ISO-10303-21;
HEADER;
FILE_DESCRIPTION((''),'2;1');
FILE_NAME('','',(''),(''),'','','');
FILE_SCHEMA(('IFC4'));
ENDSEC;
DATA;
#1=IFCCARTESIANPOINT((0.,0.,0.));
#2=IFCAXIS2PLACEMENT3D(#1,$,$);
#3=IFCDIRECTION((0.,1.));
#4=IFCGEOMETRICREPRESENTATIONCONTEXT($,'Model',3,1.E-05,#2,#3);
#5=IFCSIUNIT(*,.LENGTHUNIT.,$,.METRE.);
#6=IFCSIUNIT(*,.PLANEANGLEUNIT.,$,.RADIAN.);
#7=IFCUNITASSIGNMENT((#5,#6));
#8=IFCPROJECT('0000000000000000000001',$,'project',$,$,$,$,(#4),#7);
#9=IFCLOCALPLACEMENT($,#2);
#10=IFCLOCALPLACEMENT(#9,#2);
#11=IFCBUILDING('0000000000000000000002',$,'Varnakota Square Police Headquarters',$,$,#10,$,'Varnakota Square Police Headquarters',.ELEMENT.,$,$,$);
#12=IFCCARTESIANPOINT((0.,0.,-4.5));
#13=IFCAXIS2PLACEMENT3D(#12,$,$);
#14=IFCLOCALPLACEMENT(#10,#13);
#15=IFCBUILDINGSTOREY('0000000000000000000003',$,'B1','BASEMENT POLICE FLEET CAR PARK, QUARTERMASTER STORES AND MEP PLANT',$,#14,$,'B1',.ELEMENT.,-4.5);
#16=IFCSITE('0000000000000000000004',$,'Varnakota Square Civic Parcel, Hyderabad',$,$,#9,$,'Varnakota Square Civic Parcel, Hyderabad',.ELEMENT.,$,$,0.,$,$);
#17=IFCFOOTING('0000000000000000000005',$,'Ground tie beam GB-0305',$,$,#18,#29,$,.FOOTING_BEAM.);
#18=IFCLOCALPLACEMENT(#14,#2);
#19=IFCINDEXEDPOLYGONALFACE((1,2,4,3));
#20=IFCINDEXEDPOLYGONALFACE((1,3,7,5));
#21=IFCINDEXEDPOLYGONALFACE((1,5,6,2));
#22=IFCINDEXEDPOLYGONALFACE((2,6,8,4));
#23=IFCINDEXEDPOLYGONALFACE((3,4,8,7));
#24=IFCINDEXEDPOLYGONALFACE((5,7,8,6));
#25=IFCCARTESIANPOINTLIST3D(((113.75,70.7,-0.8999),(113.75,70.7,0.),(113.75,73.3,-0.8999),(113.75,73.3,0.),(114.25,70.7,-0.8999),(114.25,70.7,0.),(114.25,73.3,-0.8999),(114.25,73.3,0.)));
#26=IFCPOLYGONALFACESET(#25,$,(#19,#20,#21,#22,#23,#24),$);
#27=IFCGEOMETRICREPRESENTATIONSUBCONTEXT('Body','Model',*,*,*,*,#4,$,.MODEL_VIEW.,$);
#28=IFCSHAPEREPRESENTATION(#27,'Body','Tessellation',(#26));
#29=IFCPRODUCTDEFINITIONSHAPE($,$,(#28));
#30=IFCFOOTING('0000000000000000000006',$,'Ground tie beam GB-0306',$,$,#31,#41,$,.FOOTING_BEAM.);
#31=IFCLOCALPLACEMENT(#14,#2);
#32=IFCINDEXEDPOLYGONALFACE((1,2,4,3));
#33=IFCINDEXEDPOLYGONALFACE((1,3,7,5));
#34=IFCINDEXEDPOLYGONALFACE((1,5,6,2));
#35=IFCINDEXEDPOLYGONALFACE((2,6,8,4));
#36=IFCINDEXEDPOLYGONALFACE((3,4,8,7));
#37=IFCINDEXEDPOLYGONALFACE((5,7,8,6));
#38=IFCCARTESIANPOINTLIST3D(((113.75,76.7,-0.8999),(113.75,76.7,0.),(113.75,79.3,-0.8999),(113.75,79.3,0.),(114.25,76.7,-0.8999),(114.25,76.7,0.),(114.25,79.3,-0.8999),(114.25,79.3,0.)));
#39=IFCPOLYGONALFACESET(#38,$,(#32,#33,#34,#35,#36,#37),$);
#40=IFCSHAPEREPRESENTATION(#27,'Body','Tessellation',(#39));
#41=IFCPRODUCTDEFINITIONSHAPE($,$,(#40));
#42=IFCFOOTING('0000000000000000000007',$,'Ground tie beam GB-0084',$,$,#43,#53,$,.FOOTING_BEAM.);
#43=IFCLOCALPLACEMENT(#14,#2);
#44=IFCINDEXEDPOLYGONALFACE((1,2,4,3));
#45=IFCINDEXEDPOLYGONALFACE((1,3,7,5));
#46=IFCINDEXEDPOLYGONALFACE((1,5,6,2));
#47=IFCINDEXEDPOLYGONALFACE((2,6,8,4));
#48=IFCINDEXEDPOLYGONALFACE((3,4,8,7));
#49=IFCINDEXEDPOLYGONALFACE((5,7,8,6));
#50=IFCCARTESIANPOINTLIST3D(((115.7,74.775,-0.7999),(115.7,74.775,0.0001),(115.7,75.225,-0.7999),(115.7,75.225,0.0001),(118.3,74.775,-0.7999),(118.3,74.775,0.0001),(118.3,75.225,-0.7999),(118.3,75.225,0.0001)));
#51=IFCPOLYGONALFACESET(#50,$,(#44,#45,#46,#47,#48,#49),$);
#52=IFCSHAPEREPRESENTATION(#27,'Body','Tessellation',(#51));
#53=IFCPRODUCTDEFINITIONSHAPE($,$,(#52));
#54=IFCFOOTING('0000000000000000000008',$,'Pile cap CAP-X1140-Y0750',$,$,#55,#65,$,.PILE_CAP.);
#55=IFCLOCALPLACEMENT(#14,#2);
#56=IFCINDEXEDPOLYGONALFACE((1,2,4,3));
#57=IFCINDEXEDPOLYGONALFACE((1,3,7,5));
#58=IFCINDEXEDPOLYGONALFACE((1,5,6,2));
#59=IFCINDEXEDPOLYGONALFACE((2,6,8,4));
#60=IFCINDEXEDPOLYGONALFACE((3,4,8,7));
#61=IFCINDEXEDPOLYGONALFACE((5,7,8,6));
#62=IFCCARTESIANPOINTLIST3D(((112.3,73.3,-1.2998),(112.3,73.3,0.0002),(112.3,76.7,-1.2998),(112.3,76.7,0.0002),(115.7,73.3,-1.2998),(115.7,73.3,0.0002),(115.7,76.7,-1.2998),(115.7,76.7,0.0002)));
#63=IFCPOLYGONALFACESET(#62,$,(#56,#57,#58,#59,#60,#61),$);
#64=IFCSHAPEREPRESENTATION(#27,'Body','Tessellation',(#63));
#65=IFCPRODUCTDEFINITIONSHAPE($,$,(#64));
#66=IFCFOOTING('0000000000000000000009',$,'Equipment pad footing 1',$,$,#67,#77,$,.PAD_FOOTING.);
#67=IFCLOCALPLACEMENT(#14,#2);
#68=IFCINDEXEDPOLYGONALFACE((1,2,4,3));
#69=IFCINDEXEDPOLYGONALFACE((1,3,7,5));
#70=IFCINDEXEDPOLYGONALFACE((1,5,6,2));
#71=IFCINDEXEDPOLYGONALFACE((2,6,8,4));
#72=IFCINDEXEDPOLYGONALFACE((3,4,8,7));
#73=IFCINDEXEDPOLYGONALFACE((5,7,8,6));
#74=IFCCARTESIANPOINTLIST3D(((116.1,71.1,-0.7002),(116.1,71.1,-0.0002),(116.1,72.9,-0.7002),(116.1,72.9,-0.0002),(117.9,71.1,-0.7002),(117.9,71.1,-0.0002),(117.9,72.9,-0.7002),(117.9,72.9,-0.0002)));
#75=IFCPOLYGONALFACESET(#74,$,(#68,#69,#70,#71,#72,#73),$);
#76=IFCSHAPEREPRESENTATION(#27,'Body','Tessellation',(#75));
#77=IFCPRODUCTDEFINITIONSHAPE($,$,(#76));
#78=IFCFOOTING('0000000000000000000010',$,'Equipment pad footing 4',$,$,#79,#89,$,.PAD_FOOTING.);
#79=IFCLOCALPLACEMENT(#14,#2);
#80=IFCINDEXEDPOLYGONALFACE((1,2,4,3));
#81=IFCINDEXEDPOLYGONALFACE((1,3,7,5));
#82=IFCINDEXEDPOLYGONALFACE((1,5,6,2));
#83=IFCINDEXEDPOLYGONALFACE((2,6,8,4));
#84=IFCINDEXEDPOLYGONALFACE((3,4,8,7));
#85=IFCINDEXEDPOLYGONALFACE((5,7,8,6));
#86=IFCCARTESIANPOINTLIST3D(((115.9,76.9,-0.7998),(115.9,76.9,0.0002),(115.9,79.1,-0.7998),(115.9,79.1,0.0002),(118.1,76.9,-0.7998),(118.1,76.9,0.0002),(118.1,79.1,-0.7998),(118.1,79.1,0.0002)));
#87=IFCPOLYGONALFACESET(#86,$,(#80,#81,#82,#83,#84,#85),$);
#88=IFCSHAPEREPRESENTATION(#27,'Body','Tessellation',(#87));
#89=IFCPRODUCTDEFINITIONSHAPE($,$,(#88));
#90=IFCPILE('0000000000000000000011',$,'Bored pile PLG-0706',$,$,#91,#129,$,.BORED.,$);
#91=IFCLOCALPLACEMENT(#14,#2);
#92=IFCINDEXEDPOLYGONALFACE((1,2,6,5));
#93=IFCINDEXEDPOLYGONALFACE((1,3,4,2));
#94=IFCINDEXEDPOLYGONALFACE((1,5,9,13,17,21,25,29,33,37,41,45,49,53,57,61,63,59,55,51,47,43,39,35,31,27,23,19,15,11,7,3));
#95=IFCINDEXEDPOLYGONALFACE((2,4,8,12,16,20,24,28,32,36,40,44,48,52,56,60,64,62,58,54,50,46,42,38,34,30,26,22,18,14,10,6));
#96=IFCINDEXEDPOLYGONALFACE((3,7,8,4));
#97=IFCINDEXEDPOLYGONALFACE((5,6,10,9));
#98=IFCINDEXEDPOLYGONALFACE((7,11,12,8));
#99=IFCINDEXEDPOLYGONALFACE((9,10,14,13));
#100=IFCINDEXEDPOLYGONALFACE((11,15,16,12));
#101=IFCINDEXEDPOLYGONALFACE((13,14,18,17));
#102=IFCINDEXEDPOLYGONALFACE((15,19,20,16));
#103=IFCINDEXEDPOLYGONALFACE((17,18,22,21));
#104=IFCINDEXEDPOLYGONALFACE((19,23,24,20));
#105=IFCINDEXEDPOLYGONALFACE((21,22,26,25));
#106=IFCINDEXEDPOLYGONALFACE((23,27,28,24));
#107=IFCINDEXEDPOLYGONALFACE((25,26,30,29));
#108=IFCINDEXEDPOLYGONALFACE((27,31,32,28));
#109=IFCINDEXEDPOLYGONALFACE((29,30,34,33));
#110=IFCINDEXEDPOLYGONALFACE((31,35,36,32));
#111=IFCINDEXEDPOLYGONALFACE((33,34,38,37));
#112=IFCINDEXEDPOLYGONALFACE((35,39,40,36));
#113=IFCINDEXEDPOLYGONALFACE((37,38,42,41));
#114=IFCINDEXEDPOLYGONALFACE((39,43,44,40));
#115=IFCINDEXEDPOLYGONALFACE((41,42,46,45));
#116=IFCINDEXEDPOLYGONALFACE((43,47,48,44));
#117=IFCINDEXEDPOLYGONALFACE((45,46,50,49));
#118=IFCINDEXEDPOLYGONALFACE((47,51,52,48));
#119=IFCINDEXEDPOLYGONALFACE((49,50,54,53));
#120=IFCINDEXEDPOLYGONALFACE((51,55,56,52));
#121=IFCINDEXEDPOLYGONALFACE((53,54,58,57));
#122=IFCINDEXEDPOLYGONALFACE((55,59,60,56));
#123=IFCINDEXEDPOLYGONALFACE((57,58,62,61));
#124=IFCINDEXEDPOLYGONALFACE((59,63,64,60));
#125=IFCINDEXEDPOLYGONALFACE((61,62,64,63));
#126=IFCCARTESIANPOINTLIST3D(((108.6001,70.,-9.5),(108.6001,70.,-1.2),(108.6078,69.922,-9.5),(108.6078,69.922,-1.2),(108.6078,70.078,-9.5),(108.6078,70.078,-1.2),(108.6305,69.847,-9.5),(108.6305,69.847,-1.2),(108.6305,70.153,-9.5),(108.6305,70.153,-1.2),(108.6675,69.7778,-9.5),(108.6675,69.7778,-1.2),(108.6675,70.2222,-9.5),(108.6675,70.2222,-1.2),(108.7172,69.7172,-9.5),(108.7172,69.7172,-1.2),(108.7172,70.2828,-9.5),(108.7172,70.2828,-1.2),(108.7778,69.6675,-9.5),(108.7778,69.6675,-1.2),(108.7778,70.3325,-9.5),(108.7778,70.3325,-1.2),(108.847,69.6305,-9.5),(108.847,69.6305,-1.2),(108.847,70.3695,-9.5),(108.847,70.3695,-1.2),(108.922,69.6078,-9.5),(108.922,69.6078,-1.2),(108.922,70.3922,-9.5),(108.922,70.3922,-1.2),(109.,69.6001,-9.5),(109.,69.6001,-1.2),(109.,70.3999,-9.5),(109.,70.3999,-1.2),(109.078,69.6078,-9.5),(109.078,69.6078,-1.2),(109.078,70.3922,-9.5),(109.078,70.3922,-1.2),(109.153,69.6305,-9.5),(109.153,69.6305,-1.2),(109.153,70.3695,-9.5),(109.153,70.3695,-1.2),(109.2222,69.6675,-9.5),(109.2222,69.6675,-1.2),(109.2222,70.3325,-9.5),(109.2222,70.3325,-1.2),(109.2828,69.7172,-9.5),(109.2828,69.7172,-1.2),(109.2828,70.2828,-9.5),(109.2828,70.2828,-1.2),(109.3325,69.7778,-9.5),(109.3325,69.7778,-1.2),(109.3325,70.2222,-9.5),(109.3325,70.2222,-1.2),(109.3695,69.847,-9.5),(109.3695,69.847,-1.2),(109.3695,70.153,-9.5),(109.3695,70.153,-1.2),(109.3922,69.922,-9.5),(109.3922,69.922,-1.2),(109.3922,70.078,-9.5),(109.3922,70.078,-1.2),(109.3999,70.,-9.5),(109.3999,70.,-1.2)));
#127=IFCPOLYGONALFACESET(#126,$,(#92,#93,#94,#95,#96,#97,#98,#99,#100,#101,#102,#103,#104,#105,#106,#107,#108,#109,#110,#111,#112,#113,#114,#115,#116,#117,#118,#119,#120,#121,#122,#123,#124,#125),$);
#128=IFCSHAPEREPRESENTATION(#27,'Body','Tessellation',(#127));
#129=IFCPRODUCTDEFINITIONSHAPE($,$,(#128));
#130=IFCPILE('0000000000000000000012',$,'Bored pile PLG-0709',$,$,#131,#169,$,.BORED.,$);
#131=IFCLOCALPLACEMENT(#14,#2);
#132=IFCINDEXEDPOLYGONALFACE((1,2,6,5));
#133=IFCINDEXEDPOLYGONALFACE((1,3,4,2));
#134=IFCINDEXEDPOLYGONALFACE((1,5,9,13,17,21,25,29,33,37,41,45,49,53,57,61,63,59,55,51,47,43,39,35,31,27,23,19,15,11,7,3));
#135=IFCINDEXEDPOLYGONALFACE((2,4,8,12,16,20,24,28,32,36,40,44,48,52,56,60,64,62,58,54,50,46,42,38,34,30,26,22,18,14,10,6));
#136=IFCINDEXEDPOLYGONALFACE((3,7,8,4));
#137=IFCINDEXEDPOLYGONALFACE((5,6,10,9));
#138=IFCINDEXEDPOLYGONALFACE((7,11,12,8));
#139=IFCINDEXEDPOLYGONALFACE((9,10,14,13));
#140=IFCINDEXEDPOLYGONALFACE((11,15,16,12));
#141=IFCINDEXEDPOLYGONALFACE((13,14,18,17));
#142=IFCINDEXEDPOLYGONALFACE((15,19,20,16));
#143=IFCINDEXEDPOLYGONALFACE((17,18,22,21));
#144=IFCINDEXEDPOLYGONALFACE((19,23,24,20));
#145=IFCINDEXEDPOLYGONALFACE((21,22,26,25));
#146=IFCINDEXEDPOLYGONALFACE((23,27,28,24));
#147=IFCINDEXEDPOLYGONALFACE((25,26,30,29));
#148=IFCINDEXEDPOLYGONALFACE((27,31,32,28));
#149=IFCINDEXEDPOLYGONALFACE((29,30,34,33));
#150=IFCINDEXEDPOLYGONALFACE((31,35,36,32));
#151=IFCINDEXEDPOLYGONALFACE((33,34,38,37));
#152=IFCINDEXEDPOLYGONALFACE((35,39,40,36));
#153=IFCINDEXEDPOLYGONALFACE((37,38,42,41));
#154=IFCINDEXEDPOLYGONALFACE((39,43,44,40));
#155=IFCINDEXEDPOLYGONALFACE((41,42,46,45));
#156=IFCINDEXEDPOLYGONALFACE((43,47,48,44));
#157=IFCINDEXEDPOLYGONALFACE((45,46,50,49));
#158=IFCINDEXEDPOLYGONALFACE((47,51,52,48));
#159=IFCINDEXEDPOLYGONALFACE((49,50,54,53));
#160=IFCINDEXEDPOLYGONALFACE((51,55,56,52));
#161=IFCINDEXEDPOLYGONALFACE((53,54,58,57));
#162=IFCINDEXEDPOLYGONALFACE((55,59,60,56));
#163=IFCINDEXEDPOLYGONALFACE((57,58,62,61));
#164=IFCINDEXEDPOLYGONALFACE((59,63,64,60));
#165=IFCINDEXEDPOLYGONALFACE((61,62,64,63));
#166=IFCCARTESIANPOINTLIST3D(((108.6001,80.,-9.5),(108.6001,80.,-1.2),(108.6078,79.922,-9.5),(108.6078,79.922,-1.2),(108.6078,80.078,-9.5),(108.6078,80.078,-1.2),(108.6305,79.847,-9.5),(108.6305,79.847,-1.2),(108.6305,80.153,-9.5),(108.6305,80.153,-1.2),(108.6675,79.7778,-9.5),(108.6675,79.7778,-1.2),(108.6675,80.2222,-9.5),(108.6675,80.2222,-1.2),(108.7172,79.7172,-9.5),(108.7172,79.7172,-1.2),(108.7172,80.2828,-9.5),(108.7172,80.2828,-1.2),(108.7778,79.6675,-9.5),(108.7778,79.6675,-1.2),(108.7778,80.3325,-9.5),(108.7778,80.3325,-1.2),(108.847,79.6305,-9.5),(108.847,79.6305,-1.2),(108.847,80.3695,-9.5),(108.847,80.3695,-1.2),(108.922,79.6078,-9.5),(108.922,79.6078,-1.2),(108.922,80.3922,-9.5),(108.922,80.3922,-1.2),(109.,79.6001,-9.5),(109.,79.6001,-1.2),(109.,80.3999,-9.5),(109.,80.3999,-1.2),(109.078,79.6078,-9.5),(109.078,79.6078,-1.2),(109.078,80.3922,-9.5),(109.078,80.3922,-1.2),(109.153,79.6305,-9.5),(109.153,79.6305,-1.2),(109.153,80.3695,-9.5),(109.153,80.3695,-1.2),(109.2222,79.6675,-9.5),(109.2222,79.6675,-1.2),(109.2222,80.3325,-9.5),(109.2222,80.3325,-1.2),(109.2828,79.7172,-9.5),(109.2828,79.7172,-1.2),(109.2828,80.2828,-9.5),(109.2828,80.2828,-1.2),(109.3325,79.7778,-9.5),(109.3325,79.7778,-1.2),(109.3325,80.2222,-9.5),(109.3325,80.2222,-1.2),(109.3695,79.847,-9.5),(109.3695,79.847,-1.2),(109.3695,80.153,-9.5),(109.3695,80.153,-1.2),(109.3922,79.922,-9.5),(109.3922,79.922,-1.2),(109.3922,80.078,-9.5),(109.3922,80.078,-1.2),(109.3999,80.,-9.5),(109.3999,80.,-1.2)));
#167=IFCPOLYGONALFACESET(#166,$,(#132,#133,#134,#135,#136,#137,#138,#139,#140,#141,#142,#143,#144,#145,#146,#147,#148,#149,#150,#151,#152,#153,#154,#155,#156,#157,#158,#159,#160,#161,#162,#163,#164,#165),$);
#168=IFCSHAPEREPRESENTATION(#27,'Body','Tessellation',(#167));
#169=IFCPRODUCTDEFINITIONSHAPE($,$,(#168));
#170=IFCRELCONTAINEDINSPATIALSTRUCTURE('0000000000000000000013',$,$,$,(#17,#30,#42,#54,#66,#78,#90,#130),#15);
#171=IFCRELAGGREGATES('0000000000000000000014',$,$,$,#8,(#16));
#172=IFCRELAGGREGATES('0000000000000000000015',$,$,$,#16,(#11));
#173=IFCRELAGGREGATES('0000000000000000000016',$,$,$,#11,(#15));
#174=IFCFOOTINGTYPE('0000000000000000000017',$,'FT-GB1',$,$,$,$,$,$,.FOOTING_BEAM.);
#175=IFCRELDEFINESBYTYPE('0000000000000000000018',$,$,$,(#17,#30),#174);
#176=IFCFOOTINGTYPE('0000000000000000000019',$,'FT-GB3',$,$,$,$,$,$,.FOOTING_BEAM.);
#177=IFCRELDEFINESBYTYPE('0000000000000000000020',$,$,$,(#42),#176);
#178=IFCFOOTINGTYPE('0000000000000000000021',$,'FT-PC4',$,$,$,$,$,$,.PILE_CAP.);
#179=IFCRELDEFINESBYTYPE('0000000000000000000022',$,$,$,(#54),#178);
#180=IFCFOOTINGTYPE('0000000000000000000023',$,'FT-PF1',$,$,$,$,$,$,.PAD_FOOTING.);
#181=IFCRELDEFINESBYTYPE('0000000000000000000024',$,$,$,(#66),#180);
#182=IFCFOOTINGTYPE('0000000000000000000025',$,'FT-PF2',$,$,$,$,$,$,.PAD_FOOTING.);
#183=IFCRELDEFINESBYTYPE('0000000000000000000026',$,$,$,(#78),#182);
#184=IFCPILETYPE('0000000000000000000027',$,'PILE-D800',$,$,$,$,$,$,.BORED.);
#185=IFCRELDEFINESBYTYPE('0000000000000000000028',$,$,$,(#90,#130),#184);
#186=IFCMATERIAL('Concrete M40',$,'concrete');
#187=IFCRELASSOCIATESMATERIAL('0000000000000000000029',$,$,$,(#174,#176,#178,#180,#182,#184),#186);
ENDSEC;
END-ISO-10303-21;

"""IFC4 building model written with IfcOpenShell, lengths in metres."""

from ifc_helpers import new_model, si_unit, direction, frame, origin, origin_2d, place, context, subcontext, project, spatial, rectangle, circle, extrude, material, material_profile, profile_set, type_object, element, save


model = new_model("IFC4")

# Units and contexts
model_context = context("Model", 3, precision=1e-05, world=origin(), true_north=direction((0.0, 1.0)))
body_context = subcontext(model_context, "Body", "Model", "MODEL_VIEW")
ifc_project = project(units=[si_unit("LENGTHUNIT", "METRE"), si_unit("PLANEANGLEUNIT", "RADIAN")], contexts=[model_context])

# Site, building, storey
site_placement = place(None, origin())
site = spatial("IfcSite", under=ifc_project, at=site_placement, Name="Varnakota Square Civic Parcel, Hyderabad", LongName="Varnakota Square Civic Parcel, Hyderabad", CompositionType="ELEMENT", RefElevation=0.0)
building_placement = place(site_placement, origin())
building = spatial("IfcBuilding", under=site, at=building_placement, Name="Varnakota Square Police Headquarters", LongName="Varnakota Square Police Headquarters", CompositionType="ELEMENT")
storey_placement = place(building_placement, frame((0.0, 0.0, -4.5)))
storey = spatial("IfcBuildingStorey", under=building, at=storey_placement, Name="B1", Description="BASEMENT POLICE FLEET CAR PARK, QUARTERMASTER STORES AND MEP PLANT", LongName="B1", CompositionType="ELEMENT", Elevation=-4.5)

# Footings
ifc_material_1 = material(Name="Concrete M40", Category="concrete")
ifc_material_profile_1 = material_profile(ifc_material_1, rectangle(XDim=0.5, YDim=0.8999, at=origin_2d()), Name="GB 500x900")
ifc_profile_set_1 = profile_set([ifc_material_profile_1], Name="Concrete M40")
footing_type_1 = type_object("IfcFootingType", Name="FT-GB1", PredefinedType="FOOTING_BEAM", material=ifc_profile_set_1)
for number, where, z_axis, x_axis, name in (
    (1, (114.0, 70.7, -0.45), (0.0, 1.0, 0.0), (-1.0, 0.0, 0.0), "Ground tie beam GB-0305"),
    (2, (114.0, 76.7, -0.45), (0.0, 1.0, 0.0), (-1.0, 0.0, 0.0), "Ground tie beam GB-0306"),
):
    element("IfcFooting", number, at=place(storey_placement, frame(where, z_axis=z_axis, x_axis=x_axis)), inside=storey, type_object=footing_type_1, Name=name, PredefinedType="FOOTING_BEAM", context=body_context, shape_type="SweptSolid", body=[
        extrude(rectangle(XDim=0.5, YDim=0.8999, at=origin_2d()), origin(), (0.0, 0.0, 1.0), 2.6001),
    ])
ifc_material_profile_2 = material_profile(ifc_material_1, rectangle(XDim=0.45, YDim=0.8, at=origin_2d()), Name="GB 450x800")
ifc_profile_set_2 = profile_set([ifc_material_profile_2], Name="Concrete M40")
footing_type_2 = type_object("IfcFootingType", Name="FT-GB3", PredefinedType="FOOTING_BEAM", material=ifc_profile_set_2)
footing_1_placement = place(storey_placement, frame((115.7, 75.0, -0.3999), z_axis=(1.0, 0.0, 0.0), x_axis=(0.0, 1.0, 0.0)))
element("IfcFooting", 3, at=footing_1_placement, inside=storey, type_object=footing_type_2, Name="Ground tie beam GB-0084", PredefinedType="FOOTING_BEAM", context=body_context, shape_type="SweptSolid", body=[
    extrude(rectangle(XDim=0.45, YDim=0.8, at=origin_2d()), origin(), (0.0, 0.0, 1.0), 2.6001),
])
footing_type_3 = type_object("IfcFootingType", Name="FT-PC4", PredefinedType="PILE_CAP", material=ifc_material_1)
footing_2_placement = place(storey_placement, frame((114.0, 75.0, -1.2998), z_axis=(0.0, 0.0, 1.0), x_axis=(1.0, 0.0, 0.0)))
element("IfcFooting", 4, at=footing_2_placement, inside=storey, type_object=footing_type_3, Name="Pile cap CAP-X1140-Y0750", PredefinedType="PILE_CAP", context=body_context, shape_type="SweptSolid", body=[
    extrude(rectangle(XDim=3.3999, YDim=3.3999, at=origin_2d()), origin(), (0.0, 0.0, 1.0), 1.3),
])
footing_type_4 = type_object("IfcFootingType", Name="FT-PF1", PredefinedType="PAD_FOOTING", material=ifc_material_1)
footing_3_placement = place(storey_placement, frame((117.0, 72.0, -0.7002), z_axis=(0.0, 0.0, 1.0), x_axis=(1.0, 0.0, 0.0)))
element("IfcFooting", 5, at=footing_3_placement, inside=storey, type_object=footing_type_4, Name="Equipment pad footing 1", PredefinedType="PAD_FOOTING", context=body_context, shape_type="SweptSolid", body=[
    extrude(rectangle(XDim=1.8, YDim=1.8, at=origin_2d()), origin(), (0.0, 0.0, 1.0), 0.7),
])
footing_type_5 = type_object("IfcFootingType", Name="FT-PF2", PredefinedType="PAD_FOOTING", material=ifc_material_1)
footing_4_placement = place(storey_placement, frame((117.0, 78.0, -0.7998), z_axis=(0.0, 0.0, 1.0), x_axis=(1.0, 0.0, 0.0)))
element("IfcFooting", 6, at=footing_4_placement, inside=storey, type_object=footing_type_5, Name="Equipment pad footing 4", PredefinedType="PAD_FOOTING", context=body_context, shape_type="SweptSolid", body=[
    extrude(rectangle(XDim=2.2, YDim=2.2, at=origin_2d()), origin(), (0.0, 0.0, 1.0), 0.8),
])

# Piles
ifc_material_profile_3 = material_profile(ifc_material_1, circle(Radius=0.3999, at=origin_2d()), Name="BORED PILE 800")
ifc_profile_set_3 = profile_set([ifc_material_profile_3], Name="Concrete M40")
pile_type = type_object("IfcPileType", Name="PILE-D800", PredefinedType="BORED", material=ifc_profile_set_3)
for number, where, z_axis, x_axis, name in (
    (7, (109.0, 70.0, -1.2), (0.0, 0.0, -1.0), (1.0, 0.0, 0.0), "Bored pile PLG-0706"),
    (8, (109.0, 80.0, -1.2), (0.0, 0.0, -1.0), (1.0, 0.0, 0.0), "Bored pile PLG-0709"),
):
    element("IfcPile", number, at=place(storey_placement, frame(where, z_axis=z_axis, x_axis=x_axis)), inside=storey, type_object=pile_type, Name=name, PredefinedType="BORED", context=body_context, shape_type="SweptSolid", body=[
        extrude(circle(Radius=0.3999, at=origin_2d()), origin(), (0.0, 0.0, 1.0), 8.3),
    ])

save(model, "model.ifc")
